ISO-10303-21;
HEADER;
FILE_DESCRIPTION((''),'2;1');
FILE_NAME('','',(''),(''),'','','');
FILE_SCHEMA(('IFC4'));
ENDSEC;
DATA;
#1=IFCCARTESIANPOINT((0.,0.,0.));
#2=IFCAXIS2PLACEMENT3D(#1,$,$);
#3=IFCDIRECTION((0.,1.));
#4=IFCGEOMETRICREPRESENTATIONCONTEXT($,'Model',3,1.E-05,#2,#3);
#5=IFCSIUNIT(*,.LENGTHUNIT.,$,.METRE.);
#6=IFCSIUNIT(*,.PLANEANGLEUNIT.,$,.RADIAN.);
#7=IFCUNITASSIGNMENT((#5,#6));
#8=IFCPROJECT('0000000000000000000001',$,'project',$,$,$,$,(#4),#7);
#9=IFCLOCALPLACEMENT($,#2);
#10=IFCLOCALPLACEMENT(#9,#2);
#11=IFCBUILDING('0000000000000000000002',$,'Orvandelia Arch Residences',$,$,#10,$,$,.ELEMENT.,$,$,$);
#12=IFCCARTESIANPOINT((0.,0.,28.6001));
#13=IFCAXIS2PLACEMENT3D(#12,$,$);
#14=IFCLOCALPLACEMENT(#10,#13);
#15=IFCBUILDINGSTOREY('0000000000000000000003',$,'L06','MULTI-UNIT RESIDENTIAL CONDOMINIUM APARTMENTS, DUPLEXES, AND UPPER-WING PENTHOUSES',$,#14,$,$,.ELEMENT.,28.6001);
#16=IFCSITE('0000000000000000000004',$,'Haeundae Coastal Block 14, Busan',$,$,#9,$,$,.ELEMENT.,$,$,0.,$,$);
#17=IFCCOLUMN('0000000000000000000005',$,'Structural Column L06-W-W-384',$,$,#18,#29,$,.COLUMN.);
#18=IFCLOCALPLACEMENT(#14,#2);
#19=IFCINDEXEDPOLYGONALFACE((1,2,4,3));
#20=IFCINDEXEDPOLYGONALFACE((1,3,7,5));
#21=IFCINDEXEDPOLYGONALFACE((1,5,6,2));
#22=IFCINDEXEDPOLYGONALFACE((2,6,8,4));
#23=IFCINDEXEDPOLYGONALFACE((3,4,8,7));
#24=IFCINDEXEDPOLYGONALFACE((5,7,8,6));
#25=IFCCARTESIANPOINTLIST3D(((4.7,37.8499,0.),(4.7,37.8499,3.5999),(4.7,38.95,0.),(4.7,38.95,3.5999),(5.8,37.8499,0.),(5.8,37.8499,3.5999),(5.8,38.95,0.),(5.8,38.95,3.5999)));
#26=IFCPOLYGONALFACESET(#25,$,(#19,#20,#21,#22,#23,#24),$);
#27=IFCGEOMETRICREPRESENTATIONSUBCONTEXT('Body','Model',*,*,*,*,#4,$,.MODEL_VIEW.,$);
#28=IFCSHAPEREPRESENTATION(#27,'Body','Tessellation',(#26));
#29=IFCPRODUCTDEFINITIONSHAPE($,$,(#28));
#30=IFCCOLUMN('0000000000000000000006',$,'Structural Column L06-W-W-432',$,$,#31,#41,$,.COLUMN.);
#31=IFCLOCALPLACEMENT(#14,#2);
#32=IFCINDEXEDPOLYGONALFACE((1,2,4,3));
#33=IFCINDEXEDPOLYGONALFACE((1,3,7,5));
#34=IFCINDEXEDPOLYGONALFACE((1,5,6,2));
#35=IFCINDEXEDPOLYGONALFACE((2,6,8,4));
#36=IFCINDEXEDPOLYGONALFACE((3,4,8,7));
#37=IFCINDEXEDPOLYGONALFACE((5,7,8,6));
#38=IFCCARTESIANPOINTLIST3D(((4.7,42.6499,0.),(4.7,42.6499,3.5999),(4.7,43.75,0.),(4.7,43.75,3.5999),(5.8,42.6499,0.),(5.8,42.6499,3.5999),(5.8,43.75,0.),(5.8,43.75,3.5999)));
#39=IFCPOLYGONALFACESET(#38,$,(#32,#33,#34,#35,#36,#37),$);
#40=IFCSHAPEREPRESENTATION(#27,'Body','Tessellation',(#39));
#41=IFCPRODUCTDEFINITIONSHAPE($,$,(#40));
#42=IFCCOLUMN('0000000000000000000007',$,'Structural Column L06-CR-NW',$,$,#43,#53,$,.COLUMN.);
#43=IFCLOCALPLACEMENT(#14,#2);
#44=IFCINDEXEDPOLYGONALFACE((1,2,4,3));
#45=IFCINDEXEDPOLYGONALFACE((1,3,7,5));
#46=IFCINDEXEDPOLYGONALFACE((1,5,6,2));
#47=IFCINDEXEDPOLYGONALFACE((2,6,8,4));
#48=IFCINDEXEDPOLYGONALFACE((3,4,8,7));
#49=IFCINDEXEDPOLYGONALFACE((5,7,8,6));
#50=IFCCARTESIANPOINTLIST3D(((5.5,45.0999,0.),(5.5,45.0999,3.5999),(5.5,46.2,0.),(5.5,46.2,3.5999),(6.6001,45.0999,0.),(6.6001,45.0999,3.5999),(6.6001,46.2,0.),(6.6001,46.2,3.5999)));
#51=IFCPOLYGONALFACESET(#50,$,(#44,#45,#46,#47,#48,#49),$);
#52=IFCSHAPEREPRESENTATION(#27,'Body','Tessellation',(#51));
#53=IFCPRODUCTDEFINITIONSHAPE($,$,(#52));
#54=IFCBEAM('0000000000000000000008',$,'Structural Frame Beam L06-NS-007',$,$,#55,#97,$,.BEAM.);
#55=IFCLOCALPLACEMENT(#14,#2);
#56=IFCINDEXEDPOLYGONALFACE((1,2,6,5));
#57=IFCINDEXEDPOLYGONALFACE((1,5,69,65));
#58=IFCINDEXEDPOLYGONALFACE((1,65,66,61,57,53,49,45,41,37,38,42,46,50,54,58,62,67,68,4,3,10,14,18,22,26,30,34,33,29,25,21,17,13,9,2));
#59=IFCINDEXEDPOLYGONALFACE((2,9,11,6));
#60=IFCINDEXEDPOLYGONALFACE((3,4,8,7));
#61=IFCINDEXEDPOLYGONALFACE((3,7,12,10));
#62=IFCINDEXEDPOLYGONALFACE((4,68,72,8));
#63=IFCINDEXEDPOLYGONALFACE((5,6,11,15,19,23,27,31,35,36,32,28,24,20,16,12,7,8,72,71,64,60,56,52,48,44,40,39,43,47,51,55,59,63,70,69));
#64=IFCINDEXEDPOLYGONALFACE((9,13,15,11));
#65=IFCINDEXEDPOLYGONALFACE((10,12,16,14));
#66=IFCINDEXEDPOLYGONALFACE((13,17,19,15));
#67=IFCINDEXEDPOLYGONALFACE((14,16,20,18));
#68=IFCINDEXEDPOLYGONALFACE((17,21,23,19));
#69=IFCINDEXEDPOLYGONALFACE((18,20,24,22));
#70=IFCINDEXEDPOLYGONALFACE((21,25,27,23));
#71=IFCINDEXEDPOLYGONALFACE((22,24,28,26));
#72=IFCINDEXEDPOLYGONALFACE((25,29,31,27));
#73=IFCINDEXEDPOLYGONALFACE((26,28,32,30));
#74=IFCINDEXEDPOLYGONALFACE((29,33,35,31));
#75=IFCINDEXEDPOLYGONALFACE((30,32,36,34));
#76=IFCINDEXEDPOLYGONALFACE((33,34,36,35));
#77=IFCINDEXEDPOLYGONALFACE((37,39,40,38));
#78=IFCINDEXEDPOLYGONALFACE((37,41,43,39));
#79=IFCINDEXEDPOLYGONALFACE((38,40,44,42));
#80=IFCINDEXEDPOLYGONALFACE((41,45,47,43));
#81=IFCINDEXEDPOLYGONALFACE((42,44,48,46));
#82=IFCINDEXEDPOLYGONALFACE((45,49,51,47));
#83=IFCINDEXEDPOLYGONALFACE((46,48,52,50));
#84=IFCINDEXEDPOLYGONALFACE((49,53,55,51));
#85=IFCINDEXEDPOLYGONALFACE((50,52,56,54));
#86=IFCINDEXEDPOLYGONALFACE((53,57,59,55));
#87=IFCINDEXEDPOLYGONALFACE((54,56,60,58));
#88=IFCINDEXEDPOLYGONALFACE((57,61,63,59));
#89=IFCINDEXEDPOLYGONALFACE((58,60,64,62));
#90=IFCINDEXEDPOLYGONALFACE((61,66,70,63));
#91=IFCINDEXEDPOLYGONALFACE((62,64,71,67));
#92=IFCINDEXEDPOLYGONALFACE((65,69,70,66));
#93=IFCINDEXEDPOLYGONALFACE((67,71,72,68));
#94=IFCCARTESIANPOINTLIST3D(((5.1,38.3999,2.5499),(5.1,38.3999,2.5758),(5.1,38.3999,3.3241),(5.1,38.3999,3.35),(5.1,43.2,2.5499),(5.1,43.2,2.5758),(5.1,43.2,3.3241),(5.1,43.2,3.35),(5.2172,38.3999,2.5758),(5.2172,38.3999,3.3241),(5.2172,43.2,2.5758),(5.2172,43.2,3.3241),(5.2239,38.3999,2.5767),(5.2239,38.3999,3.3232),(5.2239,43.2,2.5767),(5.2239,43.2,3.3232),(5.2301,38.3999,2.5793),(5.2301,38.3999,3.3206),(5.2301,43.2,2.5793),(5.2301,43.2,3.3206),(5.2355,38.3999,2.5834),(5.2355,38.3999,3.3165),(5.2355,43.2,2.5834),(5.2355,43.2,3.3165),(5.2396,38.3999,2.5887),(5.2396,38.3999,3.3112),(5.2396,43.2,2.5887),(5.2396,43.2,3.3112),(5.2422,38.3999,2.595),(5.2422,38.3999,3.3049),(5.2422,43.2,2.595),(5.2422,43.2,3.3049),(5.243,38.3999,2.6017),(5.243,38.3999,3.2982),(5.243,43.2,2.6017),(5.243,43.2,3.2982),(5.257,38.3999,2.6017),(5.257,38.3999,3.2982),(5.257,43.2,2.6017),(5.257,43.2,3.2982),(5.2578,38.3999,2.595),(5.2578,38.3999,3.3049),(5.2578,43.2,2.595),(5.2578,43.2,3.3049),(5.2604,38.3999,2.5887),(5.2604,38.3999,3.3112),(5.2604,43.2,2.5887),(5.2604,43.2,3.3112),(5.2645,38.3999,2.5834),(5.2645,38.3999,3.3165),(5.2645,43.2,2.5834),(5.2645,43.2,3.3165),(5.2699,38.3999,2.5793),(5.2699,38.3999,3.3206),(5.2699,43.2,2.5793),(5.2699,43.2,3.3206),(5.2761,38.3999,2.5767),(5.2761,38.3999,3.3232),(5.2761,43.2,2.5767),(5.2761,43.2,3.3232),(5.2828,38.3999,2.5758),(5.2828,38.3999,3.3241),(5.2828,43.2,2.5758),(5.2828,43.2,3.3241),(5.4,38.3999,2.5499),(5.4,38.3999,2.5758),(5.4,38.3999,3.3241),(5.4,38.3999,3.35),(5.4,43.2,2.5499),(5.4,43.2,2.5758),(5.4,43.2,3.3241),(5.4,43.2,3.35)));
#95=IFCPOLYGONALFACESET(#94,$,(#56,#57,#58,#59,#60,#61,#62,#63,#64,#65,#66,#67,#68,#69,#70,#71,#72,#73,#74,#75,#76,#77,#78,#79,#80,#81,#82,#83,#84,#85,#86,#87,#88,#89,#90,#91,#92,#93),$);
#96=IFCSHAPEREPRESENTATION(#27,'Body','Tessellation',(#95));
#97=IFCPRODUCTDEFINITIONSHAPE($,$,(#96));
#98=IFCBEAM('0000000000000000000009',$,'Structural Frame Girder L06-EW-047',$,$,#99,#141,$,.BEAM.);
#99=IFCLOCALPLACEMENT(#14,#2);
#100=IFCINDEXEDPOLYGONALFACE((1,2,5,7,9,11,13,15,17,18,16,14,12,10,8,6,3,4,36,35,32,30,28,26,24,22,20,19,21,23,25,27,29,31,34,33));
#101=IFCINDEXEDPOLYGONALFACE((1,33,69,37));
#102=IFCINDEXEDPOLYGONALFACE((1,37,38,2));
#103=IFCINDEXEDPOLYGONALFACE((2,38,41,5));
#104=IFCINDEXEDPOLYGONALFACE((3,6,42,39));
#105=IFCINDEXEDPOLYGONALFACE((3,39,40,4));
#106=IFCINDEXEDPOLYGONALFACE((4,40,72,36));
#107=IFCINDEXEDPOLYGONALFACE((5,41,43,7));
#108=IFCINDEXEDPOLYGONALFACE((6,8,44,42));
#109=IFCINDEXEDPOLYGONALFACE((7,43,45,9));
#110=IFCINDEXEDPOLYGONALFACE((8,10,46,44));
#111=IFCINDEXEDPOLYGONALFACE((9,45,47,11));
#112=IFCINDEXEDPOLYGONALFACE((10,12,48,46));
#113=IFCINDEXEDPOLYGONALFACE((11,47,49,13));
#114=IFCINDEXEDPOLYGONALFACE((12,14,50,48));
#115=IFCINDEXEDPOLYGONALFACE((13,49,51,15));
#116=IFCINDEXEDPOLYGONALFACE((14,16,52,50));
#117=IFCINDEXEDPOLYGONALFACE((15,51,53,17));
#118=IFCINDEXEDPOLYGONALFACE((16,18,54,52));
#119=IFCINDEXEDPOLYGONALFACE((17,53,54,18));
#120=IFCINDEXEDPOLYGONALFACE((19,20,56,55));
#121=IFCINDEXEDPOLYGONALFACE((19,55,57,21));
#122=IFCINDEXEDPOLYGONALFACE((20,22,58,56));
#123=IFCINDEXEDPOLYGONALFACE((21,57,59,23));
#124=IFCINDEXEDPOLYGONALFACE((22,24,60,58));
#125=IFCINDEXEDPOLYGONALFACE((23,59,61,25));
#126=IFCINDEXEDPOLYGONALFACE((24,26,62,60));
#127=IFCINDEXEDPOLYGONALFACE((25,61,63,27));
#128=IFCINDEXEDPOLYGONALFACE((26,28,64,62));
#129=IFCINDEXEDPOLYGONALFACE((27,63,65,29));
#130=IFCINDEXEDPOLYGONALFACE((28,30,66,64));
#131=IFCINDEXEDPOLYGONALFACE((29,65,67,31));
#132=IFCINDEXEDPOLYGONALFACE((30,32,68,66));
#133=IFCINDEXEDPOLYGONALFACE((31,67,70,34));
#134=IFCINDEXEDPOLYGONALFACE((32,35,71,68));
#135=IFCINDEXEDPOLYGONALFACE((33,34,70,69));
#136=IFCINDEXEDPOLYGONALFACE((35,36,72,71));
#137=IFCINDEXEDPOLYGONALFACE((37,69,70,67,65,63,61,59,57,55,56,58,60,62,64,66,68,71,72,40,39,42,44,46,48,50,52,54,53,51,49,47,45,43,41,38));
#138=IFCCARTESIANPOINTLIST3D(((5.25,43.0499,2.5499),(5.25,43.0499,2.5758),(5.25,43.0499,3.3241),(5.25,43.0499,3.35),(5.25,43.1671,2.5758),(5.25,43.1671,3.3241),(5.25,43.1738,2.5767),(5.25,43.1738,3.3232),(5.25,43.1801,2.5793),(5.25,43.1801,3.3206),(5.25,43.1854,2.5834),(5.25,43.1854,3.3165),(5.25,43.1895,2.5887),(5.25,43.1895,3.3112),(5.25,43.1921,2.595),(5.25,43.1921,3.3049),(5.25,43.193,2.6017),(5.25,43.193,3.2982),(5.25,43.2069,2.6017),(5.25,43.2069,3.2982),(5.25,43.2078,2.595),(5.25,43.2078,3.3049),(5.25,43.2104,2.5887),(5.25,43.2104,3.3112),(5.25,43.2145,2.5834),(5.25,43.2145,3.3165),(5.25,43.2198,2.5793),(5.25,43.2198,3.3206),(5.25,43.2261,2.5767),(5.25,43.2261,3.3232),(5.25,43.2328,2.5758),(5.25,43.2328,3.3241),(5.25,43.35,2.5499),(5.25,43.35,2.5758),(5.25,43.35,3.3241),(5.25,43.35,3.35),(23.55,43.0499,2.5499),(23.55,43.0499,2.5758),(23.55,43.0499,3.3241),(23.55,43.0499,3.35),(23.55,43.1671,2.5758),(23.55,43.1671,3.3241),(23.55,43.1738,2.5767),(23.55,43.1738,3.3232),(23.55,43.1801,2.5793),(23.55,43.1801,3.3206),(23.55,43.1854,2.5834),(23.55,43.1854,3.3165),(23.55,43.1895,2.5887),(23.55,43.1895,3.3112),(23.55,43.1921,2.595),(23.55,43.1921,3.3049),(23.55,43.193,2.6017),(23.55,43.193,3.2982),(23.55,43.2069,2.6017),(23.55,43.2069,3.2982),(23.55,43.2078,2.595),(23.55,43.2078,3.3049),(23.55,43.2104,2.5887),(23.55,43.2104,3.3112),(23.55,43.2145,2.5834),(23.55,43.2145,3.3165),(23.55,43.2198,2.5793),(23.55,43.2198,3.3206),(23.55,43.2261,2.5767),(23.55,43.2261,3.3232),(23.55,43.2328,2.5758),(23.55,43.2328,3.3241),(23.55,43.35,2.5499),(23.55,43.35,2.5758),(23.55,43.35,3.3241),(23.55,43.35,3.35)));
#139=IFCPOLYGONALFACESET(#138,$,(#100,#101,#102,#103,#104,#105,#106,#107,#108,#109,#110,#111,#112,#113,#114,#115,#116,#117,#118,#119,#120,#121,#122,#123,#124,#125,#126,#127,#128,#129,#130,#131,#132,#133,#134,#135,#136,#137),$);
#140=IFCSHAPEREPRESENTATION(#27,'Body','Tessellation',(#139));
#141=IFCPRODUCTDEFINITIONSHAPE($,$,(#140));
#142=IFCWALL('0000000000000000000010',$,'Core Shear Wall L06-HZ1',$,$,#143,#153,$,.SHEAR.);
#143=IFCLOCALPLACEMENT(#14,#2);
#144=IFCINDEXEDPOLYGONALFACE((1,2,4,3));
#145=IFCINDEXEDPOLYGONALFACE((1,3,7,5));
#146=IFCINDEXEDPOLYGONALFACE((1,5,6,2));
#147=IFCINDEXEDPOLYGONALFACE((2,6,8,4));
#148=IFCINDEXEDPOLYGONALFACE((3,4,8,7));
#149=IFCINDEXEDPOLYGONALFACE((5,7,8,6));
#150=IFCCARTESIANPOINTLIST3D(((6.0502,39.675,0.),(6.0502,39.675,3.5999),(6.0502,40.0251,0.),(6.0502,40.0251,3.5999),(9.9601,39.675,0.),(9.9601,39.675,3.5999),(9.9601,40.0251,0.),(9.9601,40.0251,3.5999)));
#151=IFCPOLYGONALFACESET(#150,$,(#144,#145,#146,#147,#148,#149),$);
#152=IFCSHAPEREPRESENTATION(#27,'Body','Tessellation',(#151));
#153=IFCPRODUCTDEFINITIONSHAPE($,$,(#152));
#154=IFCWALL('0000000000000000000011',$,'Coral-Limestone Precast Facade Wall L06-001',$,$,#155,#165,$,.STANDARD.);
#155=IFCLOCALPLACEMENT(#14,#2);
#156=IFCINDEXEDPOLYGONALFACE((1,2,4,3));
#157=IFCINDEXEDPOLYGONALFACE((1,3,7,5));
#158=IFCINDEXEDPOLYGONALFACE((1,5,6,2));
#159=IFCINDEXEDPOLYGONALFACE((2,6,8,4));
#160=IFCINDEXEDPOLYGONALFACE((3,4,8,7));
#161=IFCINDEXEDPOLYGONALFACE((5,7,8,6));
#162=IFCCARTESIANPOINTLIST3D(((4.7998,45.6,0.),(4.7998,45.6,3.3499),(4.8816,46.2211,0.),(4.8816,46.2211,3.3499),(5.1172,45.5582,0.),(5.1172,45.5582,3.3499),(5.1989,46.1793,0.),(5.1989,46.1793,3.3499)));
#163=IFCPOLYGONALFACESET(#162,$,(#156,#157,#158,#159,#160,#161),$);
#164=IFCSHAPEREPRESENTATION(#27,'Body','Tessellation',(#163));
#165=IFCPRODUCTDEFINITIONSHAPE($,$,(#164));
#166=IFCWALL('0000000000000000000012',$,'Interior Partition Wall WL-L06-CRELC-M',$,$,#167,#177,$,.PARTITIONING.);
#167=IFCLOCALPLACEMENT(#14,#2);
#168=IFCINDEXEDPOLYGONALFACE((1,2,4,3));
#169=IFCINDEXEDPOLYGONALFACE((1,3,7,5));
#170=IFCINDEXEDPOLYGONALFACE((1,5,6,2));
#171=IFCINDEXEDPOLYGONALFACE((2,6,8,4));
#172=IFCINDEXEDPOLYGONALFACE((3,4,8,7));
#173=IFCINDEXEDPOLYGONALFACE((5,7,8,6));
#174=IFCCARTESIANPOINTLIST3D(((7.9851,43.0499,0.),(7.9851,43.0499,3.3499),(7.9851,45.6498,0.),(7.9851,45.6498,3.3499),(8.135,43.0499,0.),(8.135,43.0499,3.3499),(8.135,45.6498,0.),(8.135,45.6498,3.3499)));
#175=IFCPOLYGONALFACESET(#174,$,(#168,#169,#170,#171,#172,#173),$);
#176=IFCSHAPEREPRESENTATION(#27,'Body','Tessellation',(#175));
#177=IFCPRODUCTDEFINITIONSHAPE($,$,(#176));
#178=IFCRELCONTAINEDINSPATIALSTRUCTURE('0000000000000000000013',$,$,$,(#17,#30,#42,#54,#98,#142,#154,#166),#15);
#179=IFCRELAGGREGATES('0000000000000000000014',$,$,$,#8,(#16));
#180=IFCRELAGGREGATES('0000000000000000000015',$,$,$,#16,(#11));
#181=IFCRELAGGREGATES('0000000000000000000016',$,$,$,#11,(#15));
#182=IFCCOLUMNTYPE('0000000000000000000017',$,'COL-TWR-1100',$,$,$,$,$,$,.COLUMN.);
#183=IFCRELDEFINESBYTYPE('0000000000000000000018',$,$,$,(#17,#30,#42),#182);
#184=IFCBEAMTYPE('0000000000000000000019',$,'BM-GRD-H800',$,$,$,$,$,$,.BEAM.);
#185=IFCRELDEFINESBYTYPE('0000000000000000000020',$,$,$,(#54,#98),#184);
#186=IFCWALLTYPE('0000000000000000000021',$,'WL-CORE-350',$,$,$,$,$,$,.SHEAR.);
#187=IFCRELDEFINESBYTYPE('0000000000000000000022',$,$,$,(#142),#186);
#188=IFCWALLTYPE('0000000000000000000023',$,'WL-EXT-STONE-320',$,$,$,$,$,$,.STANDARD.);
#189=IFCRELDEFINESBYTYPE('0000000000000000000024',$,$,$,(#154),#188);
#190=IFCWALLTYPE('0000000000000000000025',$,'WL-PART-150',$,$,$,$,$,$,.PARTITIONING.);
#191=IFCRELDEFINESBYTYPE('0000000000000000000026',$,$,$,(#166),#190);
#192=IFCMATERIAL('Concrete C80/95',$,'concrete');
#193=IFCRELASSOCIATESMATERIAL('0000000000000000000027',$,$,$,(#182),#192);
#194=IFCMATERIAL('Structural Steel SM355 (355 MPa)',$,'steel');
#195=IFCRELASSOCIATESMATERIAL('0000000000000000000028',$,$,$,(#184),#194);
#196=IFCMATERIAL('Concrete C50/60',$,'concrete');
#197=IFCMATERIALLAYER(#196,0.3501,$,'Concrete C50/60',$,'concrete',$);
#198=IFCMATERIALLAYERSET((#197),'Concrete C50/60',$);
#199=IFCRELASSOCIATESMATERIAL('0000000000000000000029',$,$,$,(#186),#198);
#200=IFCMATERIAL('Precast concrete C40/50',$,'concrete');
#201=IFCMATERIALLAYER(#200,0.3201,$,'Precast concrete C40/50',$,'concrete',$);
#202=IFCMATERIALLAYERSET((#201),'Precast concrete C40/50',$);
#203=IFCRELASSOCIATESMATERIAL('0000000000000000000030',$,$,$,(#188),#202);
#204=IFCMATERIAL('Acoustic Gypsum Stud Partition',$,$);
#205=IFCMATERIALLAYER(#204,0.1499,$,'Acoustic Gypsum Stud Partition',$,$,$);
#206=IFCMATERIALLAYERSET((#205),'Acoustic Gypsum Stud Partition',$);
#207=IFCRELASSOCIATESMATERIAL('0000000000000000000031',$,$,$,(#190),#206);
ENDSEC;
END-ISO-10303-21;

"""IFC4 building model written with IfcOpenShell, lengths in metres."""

from ifc_helpers import new_model, si_unit, direction, frame, frame_2d, origin, origin_2d, place, context, subcontext, project, spatial, rectangle, i_section, extrude, material, layer, layer_set, material_profile, profile_set, type_object, element, save


model = new_model("IFC4")

# Units and contexts
model_context = context("Model", 3, precision=1e-05, world=origin(), true_north=direction((0.0, 1.0)))
body_context = subcontext(model_context, "Body", "Model", "MODEL_VIEW")
ifc_project = project(units=[si_unit("LENGTHUNIT", "METRE"), si_unit("PLANEANGLEUNIT", "RADIAN")], contexts=[model_context])

# Site, building, storey
site_placement = place(None, origin())
site = spatial("IfcSite", under=ifc_project, at=site_placement, Name="Haeundae Coastal Block 14, Busan", CompositionType="ELEMENT", RefElevation=0.0)
building_placement = place(site_placement, origin())
building = spatial("IfcBuilding", under=site, at=building_placement, Name="Orvandelia Arch Residences", CompositionType="ELEMENT")
storey_placement = place(building_placement, frame((0.0, 0.0, 28.6001)))
storey = spatial("IfcBuildingStorey", under=building, at=storey_placement, Name="L06", Description="MULTI-UNIT RESIDENTIAL CONDOMINIUM APARTMENTS, DUPLEXES, AND UPPER-WING PENTHOUSES", CompositionType="ELEMENT", Elevation=28.6001)

# Columns
ifc_material_1 = material(Name="Concrete C80/95", Category="concrete")
ifc_material_profile_1 = material_profile(ifc_material_1, rectangle(XDim=1.1001, YDim=1.1001, at=origin_2d()), Name="Concrete C80/95", Category="concrete")
ifc_profile_set_1 = profile_set([ifc_material_profile_1], Name="Concrete C80/95")
column_type = type_object("IfcColumnType", Name="COL-TWR-1100", PredefinedType="COLUMN", material=ifc_profile_set_1)
for number, where, z_axis, x_axis, name in (
    (1, (5.25, 38.3999, 0.0), (0.0, 0.0, 1.0), (1.0, 0.0, 0.0), "Structural Column L06-W-W-384"),
    (2, (5.25, 43.2, 0.0), (0.0, 0.0, 1.0), (1.0, 0.0, 0.0), "Structural Column L06-W-W-432"),
    (3, (6.05, 45.6499, 0.0), (0.0, 0.0, 1.0), (1.0, 0.0, 0.0), "Structural Column L06-CR-NW"),
):
    element("IfcColumn", number, at=place(storey_placement, frame(where, z_axis=z_axis, x_axis=x_axis)), inside=storey, type_object=column_type, Name=name, PredefinedType="COLUMN", context=body_context, shape_type="SweptSolid", body=[
        extrude(rectangle(XDim=1.1001, YDim=1.1001, at=origin_2d()), origin(), (0.0, 0.0, 1.0), 3.5999),
    ])

# Beams
ifc_material_2 = material(Name="Structural Steel SM355 (355 MPa)", Category="steel")
ifc_material_profile_2 = material_profile(ifc_material_2, i_section(OverallWidth=0.3, OverallDepth=0.8, WebThickness=0.0139, FlangeThickness=0.0259, FilletRadius=0.0259, at=origin_2d()), Name="Structural Steel SM355 (355 MPa)", Category="steel")
ifc_profile_set_2 = profile_set([ifc_material_profile_2], Name="Structural Steel SM355 (355 MPa)")
beam_type = type_object("IfcBeamType", Name="BM-GRD-H800", PredefinedType="BEAM", material=ifc_profile_set_2)
beam_1_placement = place(storey_placement, frame((5.25, 38.3999, 2.95), z_axis=(0.0, 1.0, 0.0), x_axis=(-1.0, 0.0, 0.0)))
element("IfcBeam", 4, at=beam_1_placement, inside=storey, type_object=beam_type, Name="Structural Frame Beam L06-NS-007", PredefinedType="BEAM", context=body_context, shape_type="SweptSolid", body=[
    extrude(i_section(OverallWidth=0.3, OverallDepth=0.8, WebThickness=0.0139, FlangeThickness=0.0259, FilletRadius=0.0259, at=origin_2d()), origin(), (0.0, 0.0, 1.0), 4.8),
])
beam_2_placement = place(storey_placement, frame((5.25, 43.2, 2.95), z_axis=(1.0, 0.0, 0.0), x_axis=(0.0, 1.0, 0.0)))
element("IfcBeam", 5, at=beam_2_placement, inside=storey, type_object=beam_type, Name="Structural Frame Girder L06-EW-047", PredefinedType="BEAM", context=body_context, shape_type="SweptSolid", body=[
    extrude(i_section(OverallWidth=0.3, OverallDepth=0.8, WebThickness=0.0139, FlangeThickness=0.0259, FilletRadius=0.0259, at=origin_2d()), origin(), (0.0, 0.0, 1.0), 18.3),
])

# Walls
ifc_material_3 = material(Name="Concrete C50/60", Category="concrete")
ifc_layer_1 = layer(ifc_material_3, 0.3501, Name="Concrete C50/60", Category="concrete")
ifc_layer_set_1 = layer_set([ifc_layer_1], Name="Concrete C50/60")
wall_type_1 = type_object("IfcWallType", Name="WL-CORE-350", PredefinedType="SHEAR", material=ifc_layer_set_1)
wall_1_placement = place(storey_placement, frame((6.05, 39.8501, 0.0), z_axis=(0.0, 0.0, 1.0), x_axis=(1.0, 0.0, 0.0)))
element("IfcWall", 6, at=wall_1_placement, inside=storey, type_object=wall_type_1, Name="Core Shear Wall L06-HZ1", PredefinedType="SHEAR", context=body_context, shape_type="SweptSolid", body=[
    extrude(rectangle(XDim=3.9099, YDim=0.3501, at=frame_2d((1.9551, 0.0))), origin(), (0.0, 0.0, 1.0), 3.5999),
])
ifc_material_4 = material(Name="Precast concrete C40/50", Category="concrete")
ifc_layer_2 = layer(ifc_material_4, 0.3201, Name="Precast concrete C40/50", Category="concrete")
ifc_layer_set_2 = layer_set([ifc_layer_2], Name="Precast concrete C40/50")
wall_type_2 = type_object("IfcWallType", Name="WL-EXT-STONE-320", PredefinedType="STANDARD", material=ifc_layer_set_2)
wall_2_placement = place(storey_placement, frame((4.9585, 45.5791, 0.0), z_axis=(0.0, 0.0, 1.0), x_axis=(0.130555, 0.991441, 0.0)))
element("IfcWall", 7, at=wall_2_placement, inside=storey, type_object=wall_type_2, Name="Coral-Limestone Precast Facade Wall L06-001", PredefinedType="STANDARD", context=body_context, shape_type="SweptSolid", body=[
    extrude(rectangle(XDim=0.6265, YDim=0.3201, at=frame_2d((0.3132, 0.0))), origin(), (0.0, 0.0, 1.0), 3.3499),
])
ifc_material_5 = material(Name="Acoustic Gypsum Stud Partition")
ifc_layer_3 = layer(ifc_material_5, 0.1499, Name="Acoustic Gypsum Stud Partition")
ifc_layer_set_3 = layer_set([ifc_layer_3], Name="Acoustic Gypsum Stud Partition")
wall_type_3 = type_object("IfcWallType", Name="WL-PART-150", PredefinedType="PARTITIONING", material=ifc_layer_set_3)
wall_3_placement = place(storey_placement, frame((8.0601, 43.05, 0.0), z_axis=(0.0, 0.0, 1.0), x_axis=(0.0, 1.0, 0.0)))
element("IfcWall", 8, at=wall_3_placement, inside=storey, type_object=wall_type_3, Name="Interior Partition Wall WL-L06-CRELC-M", PredefinedType="PARTITIONING", context=body_context, shape_type="SweptSolid", body=[
    extrude(rectangle(XDim=2.5999, YDim=0.1499, at=frame_2d((1.2998, 0.0))), origin(), (0.0, 0.0, 1.0), 3.3499),
])

save(model, "model.ifc")
